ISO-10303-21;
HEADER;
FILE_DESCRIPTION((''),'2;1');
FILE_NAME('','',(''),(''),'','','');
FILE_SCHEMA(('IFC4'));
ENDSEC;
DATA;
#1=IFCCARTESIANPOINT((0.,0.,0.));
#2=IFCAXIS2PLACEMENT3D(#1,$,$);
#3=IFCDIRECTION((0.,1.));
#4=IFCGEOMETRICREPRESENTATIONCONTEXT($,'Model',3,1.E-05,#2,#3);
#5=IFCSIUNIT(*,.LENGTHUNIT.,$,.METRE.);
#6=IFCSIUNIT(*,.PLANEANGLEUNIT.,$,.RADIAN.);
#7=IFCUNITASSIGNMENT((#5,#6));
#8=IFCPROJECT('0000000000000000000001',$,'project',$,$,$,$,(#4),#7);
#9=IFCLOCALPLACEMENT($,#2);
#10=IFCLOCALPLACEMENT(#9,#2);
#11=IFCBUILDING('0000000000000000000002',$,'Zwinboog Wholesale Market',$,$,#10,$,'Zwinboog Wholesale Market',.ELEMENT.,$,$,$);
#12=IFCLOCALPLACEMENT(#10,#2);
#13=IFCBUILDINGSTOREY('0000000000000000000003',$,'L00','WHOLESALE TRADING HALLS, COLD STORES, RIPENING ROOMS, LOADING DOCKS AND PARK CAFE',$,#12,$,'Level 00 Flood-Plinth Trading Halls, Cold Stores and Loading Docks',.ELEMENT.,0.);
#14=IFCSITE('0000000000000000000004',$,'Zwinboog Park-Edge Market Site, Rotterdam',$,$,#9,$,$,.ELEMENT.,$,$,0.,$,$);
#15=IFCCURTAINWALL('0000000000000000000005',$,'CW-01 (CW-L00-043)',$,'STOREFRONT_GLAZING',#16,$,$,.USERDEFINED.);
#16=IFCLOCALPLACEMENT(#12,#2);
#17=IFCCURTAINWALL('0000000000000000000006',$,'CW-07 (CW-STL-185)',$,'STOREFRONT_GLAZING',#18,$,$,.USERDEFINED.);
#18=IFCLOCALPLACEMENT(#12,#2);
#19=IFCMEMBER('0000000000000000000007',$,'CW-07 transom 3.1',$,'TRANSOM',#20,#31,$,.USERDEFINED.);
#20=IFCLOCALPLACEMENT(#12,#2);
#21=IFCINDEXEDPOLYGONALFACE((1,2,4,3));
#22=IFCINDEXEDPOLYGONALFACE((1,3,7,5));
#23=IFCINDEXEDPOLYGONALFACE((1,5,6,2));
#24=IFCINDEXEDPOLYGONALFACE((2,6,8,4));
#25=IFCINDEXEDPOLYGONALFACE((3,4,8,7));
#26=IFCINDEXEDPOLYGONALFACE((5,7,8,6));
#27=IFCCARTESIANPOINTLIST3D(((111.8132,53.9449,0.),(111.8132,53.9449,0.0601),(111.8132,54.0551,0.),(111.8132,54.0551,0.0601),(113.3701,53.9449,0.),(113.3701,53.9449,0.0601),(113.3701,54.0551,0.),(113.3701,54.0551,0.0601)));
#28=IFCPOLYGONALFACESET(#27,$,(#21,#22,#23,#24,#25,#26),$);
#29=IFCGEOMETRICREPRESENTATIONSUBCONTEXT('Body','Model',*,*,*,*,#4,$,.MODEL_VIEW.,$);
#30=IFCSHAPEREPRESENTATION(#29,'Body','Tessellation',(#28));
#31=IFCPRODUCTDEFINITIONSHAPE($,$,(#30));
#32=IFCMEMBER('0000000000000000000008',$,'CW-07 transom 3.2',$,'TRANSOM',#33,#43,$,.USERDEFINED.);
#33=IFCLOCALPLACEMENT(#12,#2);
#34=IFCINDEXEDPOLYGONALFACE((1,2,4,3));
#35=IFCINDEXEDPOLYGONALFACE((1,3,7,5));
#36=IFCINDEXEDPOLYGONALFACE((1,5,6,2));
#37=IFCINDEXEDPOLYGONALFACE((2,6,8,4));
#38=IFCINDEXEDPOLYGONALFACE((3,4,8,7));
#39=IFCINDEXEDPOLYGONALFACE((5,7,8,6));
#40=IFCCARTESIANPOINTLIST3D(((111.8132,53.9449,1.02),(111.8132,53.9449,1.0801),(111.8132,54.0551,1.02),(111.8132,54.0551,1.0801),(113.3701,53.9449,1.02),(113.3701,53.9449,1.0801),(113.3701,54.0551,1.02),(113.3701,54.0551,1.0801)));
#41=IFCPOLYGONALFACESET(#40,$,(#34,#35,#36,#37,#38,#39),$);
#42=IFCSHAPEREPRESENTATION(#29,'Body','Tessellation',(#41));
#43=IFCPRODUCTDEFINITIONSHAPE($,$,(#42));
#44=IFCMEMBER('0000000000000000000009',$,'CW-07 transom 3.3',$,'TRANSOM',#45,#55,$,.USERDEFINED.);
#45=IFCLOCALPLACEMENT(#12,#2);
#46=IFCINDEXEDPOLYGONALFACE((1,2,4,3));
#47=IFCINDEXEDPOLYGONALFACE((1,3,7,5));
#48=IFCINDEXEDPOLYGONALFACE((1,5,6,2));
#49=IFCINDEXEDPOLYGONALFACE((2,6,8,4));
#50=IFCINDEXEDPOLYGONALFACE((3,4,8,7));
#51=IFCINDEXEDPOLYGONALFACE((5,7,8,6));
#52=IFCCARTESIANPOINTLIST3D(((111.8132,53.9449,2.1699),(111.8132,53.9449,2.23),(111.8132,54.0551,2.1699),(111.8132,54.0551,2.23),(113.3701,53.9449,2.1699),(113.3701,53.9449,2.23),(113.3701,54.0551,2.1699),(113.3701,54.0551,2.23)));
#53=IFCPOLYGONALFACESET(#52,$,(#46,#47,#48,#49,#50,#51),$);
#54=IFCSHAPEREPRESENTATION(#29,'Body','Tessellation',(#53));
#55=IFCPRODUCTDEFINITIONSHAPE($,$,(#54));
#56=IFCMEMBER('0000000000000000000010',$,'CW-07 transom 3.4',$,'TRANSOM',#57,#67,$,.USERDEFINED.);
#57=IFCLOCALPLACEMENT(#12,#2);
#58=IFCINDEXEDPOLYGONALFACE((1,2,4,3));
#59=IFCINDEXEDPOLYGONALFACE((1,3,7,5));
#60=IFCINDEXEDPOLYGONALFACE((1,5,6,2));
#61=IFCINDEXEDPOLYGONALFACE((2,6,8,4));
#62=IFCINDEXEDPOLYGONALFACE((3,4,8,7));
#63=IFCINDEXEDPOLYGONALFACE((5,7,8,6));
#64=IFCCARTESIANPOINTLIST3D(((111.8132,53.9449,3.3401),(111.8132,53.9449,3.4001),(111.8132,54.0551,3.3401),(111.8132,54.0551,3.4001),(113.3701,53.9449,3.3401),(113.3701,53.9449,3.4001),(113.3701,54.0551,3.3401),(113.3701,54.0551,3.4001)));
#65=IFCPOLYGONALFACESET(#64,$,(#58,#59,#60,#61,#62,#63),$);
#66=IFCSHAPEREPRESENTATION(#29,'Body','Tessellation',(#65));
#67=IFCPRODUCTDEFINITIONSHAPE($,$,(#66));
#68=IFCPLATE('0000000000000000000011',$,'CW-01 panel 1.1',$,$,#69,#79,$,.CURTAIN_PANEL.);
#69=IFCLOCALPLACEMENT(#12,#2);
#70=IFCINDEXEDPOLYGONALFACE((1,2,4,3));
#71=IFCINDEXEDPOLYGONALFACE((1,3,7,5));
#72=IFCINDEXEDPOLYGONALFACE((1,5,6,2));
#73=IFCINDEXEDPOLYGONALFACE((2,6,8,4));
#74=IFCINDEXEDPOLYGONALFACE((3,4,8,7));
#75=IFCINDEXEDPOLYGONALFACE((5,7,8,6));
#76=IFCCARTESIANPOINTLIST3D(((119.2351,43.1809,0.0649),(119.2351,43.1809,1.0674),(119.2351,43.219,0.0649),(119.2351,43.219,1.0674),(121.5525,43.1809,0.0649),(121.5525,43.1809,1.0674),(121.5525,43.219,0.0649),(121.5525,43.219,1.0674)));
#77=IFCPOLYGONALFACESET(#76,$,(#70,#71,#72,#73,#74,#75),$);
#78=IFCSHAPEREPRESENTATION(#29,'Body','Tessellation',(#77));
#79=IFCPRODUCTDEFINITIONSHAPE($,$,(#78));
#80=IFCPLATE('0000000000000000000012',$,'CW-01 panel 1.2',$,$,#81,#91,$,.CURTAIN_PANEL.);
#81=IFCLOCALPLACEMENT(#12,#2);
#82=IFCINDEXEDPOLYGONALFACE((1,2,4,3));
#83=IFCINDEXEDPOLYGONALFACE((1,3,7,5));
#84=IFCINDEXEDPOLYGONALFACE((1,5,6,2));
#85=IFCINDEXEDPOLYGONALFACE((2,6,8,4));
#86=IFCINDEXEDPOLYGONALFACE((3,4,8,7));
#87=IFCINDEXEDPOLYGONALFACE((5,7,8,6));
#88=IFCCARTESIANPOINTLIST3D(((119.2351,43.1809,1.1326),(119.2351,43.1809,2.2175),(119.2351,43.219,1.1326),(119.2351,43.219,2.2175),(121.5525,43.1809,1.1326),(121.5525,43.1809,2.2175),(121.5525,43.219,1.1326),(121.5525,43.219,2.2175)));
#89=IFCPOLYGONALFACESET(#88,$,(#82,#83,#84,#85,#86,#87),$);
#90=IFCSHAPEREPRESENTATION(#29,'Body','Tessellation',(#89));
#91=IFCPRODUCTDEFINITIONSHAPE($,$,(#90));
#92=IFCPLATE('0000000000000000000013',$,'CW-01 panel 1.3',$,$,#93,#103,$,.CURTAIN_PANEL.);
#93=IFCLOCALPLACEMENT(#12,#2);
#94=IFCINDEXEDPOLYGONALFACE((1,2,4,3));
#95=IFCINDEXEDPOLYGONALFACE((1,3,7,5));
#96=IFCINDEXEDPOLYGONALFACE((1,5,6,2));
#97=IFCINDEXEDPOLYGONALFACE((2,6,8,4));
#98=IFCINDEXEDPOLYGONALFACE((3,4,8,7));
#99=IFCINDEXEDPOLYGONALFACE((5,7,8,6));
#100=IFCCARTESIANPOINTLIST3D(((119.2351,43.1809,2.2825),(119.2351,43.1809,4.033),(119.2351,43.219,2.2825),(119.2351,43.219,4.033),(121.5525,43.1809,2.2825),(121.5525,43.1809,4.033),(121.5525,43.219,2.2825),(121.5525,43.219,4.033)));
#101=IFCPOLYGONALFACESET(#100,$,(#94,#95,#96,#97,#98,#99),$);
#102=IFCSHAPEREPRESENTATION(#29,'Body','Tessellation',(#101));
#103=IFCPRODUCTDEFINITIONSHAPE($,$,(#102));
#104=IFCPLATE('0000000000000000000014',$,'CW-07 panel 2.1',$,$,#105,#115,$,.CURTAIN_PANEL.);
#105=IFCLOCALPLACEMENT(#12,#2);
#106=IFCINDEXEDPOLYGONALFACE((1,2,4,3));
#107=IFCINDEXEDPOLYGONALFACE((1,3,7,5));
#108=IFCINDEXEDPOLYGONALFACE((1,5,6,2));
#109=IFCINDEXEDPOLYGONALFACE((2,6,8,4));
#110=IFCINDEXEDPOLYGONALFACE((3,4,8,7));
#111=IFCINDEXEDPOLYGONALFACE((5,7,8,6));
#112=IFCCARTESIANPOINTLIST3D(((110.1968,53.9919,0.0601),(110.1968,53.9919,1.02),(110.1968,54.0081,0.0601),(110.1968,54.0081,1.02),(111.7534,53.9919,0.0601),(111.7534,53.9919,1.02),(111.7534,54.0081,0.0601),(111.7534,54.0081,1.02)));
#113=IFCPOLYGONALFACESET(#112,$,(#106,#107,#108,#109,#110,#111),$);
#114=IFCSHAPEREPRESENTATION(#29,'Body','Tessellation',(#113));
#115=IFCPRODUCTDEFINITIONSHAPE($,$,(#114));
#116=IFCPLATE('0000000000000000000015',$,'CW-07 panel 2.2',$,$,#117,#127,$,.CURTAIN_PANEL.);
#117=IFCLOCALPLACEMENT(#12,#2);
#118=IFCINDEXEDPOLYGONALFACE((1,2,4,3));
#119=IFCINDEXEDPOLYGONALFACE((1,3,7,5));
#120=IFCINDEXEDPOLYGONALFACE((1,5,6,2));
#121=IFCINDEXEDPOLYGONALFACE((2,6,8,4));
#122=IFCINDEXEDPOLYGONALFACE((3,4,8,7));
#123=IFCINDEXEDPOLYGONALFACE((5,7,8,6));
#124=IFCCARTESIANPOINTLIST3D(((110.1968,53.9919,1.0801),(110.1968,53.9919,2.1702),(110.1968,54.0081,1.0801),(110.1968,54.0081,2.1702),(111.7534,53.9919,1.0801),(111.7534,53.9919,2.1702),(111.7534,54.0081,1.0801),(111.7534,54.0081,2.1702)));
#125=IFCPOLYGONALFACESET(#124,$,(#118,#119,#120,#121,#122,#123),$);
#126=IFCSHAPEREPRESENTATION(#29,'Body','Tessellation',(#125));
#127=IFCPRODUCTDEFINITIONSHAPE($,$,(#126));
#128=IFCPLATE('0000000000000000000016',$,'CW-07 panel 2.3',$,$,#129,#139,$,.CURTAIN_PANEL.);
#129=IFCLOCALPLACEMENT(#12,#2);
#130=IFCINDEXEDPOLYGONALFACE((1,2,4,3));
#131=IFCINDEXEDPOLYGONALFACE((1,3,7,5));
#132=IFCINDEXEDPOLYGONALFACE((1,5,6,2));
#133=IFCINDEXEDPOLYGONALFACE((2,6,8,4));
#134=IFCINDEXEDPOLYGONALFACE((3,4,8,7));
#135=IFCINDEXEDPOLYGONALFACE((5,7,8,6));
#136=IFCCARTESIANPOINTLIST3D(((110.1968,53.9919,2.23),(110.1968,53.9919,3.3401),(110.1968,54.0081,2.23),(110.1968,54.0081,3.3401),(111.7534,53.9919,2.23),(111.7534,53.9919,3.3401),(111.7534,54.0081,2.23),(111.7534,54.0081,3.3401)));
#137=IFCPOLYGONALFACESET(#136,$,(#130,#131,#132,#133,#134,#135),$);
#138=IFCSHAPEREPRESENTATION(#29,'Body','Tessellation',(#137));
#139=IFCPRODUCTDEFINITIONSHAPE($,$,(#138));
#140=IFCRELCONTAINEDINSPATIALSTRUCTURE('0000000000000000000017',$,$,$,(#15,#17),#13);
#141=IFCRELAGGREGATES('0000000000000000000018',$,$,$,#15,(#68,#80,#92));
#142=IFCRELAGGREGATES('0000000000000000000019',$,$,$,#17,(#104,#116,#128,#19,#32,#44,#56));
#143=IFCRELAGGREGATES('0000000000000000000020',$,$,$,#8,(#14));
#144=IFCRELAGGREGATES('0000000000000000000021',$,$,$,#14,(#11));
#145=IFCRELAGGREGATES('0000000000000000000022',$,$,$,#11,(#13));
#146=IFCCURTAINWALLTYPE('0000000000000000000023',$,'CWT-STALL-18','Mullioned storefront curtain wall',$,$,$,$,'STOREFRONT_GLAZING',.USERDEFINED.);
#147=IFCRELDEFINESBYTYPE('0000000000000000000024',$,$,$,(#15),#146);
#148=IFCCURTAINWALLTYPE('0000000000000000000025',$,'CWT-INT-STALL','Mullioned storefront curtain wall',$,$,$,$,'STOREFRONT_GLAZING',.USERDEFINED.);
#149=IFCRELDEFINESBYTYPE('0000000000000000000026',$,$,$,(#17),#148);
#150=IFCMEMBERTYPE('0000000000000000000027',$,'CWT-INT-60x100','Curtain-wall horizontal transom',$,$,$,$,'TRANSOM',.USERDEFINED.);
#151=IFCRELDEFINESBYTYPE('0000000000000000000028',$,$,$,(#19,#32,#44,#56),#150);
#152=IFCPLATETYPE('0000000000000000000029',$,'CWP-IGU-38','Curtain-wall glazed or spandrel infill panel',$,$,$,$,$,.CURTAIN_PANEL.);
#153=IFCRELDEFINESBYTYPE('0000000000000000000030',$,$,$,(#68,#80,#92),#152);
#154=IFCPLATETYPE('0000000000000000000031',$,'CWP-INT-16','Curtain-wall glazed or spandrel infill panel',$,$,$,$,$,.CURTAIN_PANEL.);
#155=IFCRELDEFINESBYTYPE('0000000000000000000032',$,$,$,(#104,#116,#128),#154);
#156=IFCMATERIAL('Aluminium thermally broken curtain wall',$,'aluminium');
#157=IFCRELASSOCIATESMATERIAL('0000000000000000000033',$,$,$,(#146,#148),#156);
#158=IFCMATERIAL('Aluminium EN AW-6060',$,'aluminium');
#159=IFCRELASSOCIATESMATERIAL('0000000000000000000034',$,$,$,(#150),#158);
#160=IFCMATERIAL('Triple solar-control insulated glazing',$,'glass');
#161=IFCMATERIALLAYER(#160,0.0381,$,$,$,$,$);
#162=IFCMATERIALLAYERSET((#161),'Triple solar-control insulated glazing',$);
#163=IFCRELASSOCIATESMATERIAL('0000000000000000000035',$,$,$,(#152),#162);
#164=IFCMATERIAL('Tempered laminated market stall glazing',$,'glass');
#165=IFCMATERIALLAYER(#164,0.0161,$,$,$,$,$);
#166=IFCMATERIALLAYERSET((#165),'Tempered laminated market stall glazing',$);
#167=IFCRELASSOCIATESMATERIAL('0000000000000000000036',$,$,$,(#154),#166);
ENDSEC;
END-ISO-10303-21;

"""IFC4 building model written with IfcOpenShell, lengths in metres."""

from ifc_helpers import new_model, si_unit, direction, frame, origin, origin_2d, place, context, subcontext, project, spatial, rectangle, extrude, material, layer, layer_set, material_profile, profile_set, type_object, element, aggregate, save


model = new_model("IFC4")

# Units and contexts
model_context = context("Model", 3, precision=1e-05, world=origin(), true_north=direction((0.0, 1.0)))
body_context = subcontext(model_context, "Body", "Model", "MODEL_VIEW")
ifc_project = project(units=[si_unit("LENGTHUNIT", "METRE"), si_unit("PLANEANGLEUNIT", "RADIAN")], contexts=[model_context])

# Site, building, storey
site_placement = place(None, origin())
site = spatial("IfcSite", under=ifc_project, at=site_placement, Name="Zwinboog Park-Edge Market Site, Rotterdam", CompositionType="ELEMENT", RefElevation=0.0)
building_placement = place(site_placement, origin())
building = spatial("IfcBuilding", under=site, at=building_placement, Name="Zwinboog Wholesale Market", LongName="Zwinboog Wholesale Market", CompositionType="ELEMENT")
storey_placement = place(building_placement, origin())
storey = spatial("IfcBuildingStorey", under=building, at=storey_placement, Name="L00", Description="WHOLESALE TRADING HALLS, COLD STORES, RIPENING ROOMS, LOADING DOCKS AND PARK CAFE", LongName="Level 00 Flood-Plinth Trading Halls, Cold Stores and Loading Docks", CompositionType="ELEMENT", Elevation=0.0)

# Curtain walls, members
ifc_material_1 = material(Name="Aluminium thermally broken curtain wall", Category="aluminium")
curtain_wall_type_1 = type_object("IfcCurtainWallType", Name="CWT-STALL-18", Description="Mullioned storefront curtain wall", ElementType="STOREFRONT_GLAZING", PredefinedType="USERDEFINED", material=ifc_material_1)
curtain_wall_1_placement = place(storey_placement, origin())
curtain_wall_1 = element("IfcCurtainWall", 1, at=curtain_wall_1_placement, inside=storey, type_object=curtain_wall_type_1, Name="CW-01 (CW-L00-043)", ObjectType="STOREFRONT_GLAZING", PredefinedType="USERDEFINED")
ifc_material_2 = material(Name="Aluminium EN AW-6060", Category="aluminium")
curtain_wall_type_2 = type_object("IfcCurtainWallType", Name="CWT-INT-STALL", Description="Mullioned storefront curtain wall", ElementType="STOREFRONT_GLAZING", PredefinedType="USERDEFINED", material=ifc_material_1)
curtain_wall_2_placement = place(storey_placement, origin())
curtain_wall_2 = element("IfcCurtainWall", 2, at=curtain_wall_2_placement, inside=storey, type_object=curtain_wall_type_2, Name="CW-07 (CW-STL-185)", ObjectType="STOREFRONT_GLAZING", PredefinedType="USERDEFINED")
ifc_material_profile_1 = material_profile(ifc_material_2, rectangle(XDim=0.1101, YDim=0.0601, at=origin_2d()), Name="AL 60x110")
ifc_profile_set_1 = profile_set([ifc_material_profile_1], Name="Aluminium EN AW-6060")
member_type_1 = type_object("IfcMemberType", Name="CWT-INT-60x100", Description="Curtain-wall horizontal transom", ElementType="TRANSOM", PredefinedType="USERDEFINED", material=ifc_profile_set_1)
member_1_placement = place(storey_placement, frame((111.8132, 54.0, 0.03), z_axis=(1.0, 0.0, 0.0), x_axis=(0.0, 1.0, 0.0)))
member_1 = element("IfcMember", 3, at=member_1_placement, type_object=member_type_1, Name="CW-07 transom 3.1", ObjectType="TRANSOM", PredefinedType="USERDEFINED", context=body_context, shape_type="SweptSolid", body=[
    extrude(rectangle(XDim=0.1101, YDim=0.0601, at=origin_2d()), origin(), (0.0, 0.0, 1.0), 1.5569),
])
member_2_placement = place(storey_placement, frame((111.8132, 54.0, 1.05), z_axis=(1.0, 0.0, 0.0), x_axis=(0.0, 1.0, 0.0)))
member_2 = element("IfcMember", 4, at=member_2_placement, type_object=member_type_1, Name="CW-07 transom 3.2", ObjectType="TRANSOM", PredefinedType="USERDEFINED", context=body_context, shape_type="SweptSolid", body=[
    extrude(rectangle(XDim=0.1101, YDim=0.0601, at=origin_2d()), origin(), (0.0, 0.0, 1.0), 1.5569),
])
member_3_placement = place(storey_placement, frame((111.8132, 54.0, 2.2), z_axis=(1.0, 0.0, 0.0), x_axis=(0.0, 1.0, 0.0)))
member_3 = element("IfcMember", 5, at=member_3_placement, type_object=member_type_1, Name="CW-07 transom 3.3", ObjectType="TRANSOM", PredefinedType="USERDEFINED", context=body_context, shape_type="SweptSolid", body=[
    extrude(rectangle(XDim=0.1101, YDim=0.0601, at=origin_2d()), origin(), (0.0, 0.0, 1.0), 1.5569),
])
member_4_placement = place(storey_placement, frame((111.8132, 54.0, 3.3701), z_axis=(1.0, 0.0, 0.0), x_axis=(0.0, 1.0, 0.0)))
member_4 = element("IfcMember", 6, at=member_4_placement, type_object=member_type_1, Name="CW-07 transom 3.4", ObjectType="TRANSOM", PredefinedType="USERDEFINED", context=body_context, shape_type="SweptSolid", body=[
    extrude(rectangle(XDim=0.1101, YDim=0.0601, at=origin_2d()), origin(), (0.0, 0.0, 1.0), 1.5569),
])

# Plates
ifc_material_3 = material(Name="Triple solar-control insulated glazing", Category="glass")
ifc_layer_1 = layer(ifc_material_3, 0.0381)
ifc_layer_set_1 = layer_set([ifc_layer_1], Name="Triple solar-control insulated glazing")
plate_type_1 = type_object("IfcPlateType", Name="CWP-IGU-38", Description="Curtain-wall glazed or spandrel infill panel", PredefinedType="CURTAIN_PANEL", material=ifc_layer_set_1)
plate_1_placement = place(storey_placement, frame((120.3938, 43.2, 0.0649), z_axis=(0.0, 0.0, 1.0), x_axis=(1.0, 0.0, 0.0)))
plate_1 = element("IfcPlate", 7, at=plate_1_placement, type_object=plate_type_1, Name="CW-01 panel 1.1", PredefinedType="CURTAIN_PANEL", context=body_context, shape_type="SweptSolid", body=[
    extrude(rectangle(XDim=2.3174, YDim=0.0381, at=origin_2d()), origin(), (0.0, 0.0, 1.0), 1.0024),
])
plate_2_placement = place(storey_placement, frame((120.3938, 43.2, 1.1326), z_axis=(0.0, 0.0, 1.0), x_axis=(1.0, 0.0, 0.0)))
plate_2 = element("IfcPlate", 8, at=plate_2_placement, type_object=plate_type_1, Name="CW-01 panel 1.2", PredefinedType="CURTAIN_PANEL", context=body_context, shape_type="SweptSolid", body=[
    extrude(rectangle(XDim=2.3174, YDim=0.0381, at=origin_2d()), origin(), (0.0, 0.0, 1.0), 1.085),
])
plate_3_placement = place(storey_placement, frame((120.3938, 43.2, 2.2825), z_axis=(0.0, 0.0, 1.0), x_axis=(1.0, 0.0, 0.0)))
plate_3 = element("IfcPlate", 9, at=plate_3_placement, type_object=plate_type_1, Name="CW-01 panel 1.3", PredefinedType="CURTAIN_PANEL", context=body_context, shape_type="SweptSolid", body=[
    extrude(rectangle(XDim=2.3174, YDim=0.0381, at=origin_2d()), origin(), (0.0, 0.0, 1.0), 1.7505),
])
aggregate(curtain_wall_1, [plate_1, plate_2, plate_3])
ifc_material_4 = material(Name="Tempered laminated market stall glazing", Category="glass")
ifc_layer_2 = layer(ifc_material_4, 0.0161)
ifc_layer_set_2 = layer_set([ifc_layer_2], Name="Tempered laminated market stall glazing")
plate_type_2 = type_object("IfcPlateType", Name="CWP-INT-16", Description="Curtain-wall glazed or spandrel infill panel", PredefinedType="CURTAIN_PANEL", material=ifc_layer_set_2)
plate_4_placement = place(storey_placement, frame((110.9751, 54.0, 0.0601), z_axis=(0.0, 0.0, 1.0), x_axis=(1.0, 0.0, 0.0)))
plate_4 = element("IfcPlate", 10, at=plate_4_placement, type_object=plate_type_2, Name="CW-07 panel 2.1", PredefinedType="CURTAIN_PANEL", context=body_context, shape_type="SweptSolid", body=[
    extrude(rectangle(XDim=1.5566, YDim=0.0161, at=origin_2d()), origin(), (0.0, 0.0, 1.0), 0.96),
])
plate_5_placement = place(storey_placement, frame((110.9751, 54.0, 1.0801), z_axis=(0.0, 0.0, 1.0), x_axis=(1.0, 0.0, 0.0)))
plate_5 = element("IfcPlate", 11, at=plate_5_placement, type_object=plate_type_2, Name="CW-07 panel 2.2", PredefinedType="CURTAIN_PANEL", context=body_context, shape_type="SweptSolid", body=[
    extrude(rectangle(XDim=1.5566, YDim=0.0161, at=origin_2d()), origin(), (0.0, 0.0, 1.0), 1.0901),
])
plate_6_placement = place(storey_placement, frame((110.9751, 54.0, 2.23), z_axis=(0.0, 0.0, 1.0), x_axis=(1.0, 0.0, 0.0)))
plate_6 = element("IfcPlate", 12, at=plate_6_placement, type_object=plate_type_2, Name="CW-07 panel 2.3", PredefinedType="CURTAIN_PANEL", context=body_context, shape_type="SweptSolid", body=[
    extrude(rectangle(XDim=1.5566, YDim=0.0161, at=origin_2d()), origin(), (0.0, 0.0, 1.0), 1.1101),
])
aggregate(curtain_wall_2, [plate_4, plate_5, plate_6, member_1, member_2, member_3, member_4])

save(model, "model.ifc")
